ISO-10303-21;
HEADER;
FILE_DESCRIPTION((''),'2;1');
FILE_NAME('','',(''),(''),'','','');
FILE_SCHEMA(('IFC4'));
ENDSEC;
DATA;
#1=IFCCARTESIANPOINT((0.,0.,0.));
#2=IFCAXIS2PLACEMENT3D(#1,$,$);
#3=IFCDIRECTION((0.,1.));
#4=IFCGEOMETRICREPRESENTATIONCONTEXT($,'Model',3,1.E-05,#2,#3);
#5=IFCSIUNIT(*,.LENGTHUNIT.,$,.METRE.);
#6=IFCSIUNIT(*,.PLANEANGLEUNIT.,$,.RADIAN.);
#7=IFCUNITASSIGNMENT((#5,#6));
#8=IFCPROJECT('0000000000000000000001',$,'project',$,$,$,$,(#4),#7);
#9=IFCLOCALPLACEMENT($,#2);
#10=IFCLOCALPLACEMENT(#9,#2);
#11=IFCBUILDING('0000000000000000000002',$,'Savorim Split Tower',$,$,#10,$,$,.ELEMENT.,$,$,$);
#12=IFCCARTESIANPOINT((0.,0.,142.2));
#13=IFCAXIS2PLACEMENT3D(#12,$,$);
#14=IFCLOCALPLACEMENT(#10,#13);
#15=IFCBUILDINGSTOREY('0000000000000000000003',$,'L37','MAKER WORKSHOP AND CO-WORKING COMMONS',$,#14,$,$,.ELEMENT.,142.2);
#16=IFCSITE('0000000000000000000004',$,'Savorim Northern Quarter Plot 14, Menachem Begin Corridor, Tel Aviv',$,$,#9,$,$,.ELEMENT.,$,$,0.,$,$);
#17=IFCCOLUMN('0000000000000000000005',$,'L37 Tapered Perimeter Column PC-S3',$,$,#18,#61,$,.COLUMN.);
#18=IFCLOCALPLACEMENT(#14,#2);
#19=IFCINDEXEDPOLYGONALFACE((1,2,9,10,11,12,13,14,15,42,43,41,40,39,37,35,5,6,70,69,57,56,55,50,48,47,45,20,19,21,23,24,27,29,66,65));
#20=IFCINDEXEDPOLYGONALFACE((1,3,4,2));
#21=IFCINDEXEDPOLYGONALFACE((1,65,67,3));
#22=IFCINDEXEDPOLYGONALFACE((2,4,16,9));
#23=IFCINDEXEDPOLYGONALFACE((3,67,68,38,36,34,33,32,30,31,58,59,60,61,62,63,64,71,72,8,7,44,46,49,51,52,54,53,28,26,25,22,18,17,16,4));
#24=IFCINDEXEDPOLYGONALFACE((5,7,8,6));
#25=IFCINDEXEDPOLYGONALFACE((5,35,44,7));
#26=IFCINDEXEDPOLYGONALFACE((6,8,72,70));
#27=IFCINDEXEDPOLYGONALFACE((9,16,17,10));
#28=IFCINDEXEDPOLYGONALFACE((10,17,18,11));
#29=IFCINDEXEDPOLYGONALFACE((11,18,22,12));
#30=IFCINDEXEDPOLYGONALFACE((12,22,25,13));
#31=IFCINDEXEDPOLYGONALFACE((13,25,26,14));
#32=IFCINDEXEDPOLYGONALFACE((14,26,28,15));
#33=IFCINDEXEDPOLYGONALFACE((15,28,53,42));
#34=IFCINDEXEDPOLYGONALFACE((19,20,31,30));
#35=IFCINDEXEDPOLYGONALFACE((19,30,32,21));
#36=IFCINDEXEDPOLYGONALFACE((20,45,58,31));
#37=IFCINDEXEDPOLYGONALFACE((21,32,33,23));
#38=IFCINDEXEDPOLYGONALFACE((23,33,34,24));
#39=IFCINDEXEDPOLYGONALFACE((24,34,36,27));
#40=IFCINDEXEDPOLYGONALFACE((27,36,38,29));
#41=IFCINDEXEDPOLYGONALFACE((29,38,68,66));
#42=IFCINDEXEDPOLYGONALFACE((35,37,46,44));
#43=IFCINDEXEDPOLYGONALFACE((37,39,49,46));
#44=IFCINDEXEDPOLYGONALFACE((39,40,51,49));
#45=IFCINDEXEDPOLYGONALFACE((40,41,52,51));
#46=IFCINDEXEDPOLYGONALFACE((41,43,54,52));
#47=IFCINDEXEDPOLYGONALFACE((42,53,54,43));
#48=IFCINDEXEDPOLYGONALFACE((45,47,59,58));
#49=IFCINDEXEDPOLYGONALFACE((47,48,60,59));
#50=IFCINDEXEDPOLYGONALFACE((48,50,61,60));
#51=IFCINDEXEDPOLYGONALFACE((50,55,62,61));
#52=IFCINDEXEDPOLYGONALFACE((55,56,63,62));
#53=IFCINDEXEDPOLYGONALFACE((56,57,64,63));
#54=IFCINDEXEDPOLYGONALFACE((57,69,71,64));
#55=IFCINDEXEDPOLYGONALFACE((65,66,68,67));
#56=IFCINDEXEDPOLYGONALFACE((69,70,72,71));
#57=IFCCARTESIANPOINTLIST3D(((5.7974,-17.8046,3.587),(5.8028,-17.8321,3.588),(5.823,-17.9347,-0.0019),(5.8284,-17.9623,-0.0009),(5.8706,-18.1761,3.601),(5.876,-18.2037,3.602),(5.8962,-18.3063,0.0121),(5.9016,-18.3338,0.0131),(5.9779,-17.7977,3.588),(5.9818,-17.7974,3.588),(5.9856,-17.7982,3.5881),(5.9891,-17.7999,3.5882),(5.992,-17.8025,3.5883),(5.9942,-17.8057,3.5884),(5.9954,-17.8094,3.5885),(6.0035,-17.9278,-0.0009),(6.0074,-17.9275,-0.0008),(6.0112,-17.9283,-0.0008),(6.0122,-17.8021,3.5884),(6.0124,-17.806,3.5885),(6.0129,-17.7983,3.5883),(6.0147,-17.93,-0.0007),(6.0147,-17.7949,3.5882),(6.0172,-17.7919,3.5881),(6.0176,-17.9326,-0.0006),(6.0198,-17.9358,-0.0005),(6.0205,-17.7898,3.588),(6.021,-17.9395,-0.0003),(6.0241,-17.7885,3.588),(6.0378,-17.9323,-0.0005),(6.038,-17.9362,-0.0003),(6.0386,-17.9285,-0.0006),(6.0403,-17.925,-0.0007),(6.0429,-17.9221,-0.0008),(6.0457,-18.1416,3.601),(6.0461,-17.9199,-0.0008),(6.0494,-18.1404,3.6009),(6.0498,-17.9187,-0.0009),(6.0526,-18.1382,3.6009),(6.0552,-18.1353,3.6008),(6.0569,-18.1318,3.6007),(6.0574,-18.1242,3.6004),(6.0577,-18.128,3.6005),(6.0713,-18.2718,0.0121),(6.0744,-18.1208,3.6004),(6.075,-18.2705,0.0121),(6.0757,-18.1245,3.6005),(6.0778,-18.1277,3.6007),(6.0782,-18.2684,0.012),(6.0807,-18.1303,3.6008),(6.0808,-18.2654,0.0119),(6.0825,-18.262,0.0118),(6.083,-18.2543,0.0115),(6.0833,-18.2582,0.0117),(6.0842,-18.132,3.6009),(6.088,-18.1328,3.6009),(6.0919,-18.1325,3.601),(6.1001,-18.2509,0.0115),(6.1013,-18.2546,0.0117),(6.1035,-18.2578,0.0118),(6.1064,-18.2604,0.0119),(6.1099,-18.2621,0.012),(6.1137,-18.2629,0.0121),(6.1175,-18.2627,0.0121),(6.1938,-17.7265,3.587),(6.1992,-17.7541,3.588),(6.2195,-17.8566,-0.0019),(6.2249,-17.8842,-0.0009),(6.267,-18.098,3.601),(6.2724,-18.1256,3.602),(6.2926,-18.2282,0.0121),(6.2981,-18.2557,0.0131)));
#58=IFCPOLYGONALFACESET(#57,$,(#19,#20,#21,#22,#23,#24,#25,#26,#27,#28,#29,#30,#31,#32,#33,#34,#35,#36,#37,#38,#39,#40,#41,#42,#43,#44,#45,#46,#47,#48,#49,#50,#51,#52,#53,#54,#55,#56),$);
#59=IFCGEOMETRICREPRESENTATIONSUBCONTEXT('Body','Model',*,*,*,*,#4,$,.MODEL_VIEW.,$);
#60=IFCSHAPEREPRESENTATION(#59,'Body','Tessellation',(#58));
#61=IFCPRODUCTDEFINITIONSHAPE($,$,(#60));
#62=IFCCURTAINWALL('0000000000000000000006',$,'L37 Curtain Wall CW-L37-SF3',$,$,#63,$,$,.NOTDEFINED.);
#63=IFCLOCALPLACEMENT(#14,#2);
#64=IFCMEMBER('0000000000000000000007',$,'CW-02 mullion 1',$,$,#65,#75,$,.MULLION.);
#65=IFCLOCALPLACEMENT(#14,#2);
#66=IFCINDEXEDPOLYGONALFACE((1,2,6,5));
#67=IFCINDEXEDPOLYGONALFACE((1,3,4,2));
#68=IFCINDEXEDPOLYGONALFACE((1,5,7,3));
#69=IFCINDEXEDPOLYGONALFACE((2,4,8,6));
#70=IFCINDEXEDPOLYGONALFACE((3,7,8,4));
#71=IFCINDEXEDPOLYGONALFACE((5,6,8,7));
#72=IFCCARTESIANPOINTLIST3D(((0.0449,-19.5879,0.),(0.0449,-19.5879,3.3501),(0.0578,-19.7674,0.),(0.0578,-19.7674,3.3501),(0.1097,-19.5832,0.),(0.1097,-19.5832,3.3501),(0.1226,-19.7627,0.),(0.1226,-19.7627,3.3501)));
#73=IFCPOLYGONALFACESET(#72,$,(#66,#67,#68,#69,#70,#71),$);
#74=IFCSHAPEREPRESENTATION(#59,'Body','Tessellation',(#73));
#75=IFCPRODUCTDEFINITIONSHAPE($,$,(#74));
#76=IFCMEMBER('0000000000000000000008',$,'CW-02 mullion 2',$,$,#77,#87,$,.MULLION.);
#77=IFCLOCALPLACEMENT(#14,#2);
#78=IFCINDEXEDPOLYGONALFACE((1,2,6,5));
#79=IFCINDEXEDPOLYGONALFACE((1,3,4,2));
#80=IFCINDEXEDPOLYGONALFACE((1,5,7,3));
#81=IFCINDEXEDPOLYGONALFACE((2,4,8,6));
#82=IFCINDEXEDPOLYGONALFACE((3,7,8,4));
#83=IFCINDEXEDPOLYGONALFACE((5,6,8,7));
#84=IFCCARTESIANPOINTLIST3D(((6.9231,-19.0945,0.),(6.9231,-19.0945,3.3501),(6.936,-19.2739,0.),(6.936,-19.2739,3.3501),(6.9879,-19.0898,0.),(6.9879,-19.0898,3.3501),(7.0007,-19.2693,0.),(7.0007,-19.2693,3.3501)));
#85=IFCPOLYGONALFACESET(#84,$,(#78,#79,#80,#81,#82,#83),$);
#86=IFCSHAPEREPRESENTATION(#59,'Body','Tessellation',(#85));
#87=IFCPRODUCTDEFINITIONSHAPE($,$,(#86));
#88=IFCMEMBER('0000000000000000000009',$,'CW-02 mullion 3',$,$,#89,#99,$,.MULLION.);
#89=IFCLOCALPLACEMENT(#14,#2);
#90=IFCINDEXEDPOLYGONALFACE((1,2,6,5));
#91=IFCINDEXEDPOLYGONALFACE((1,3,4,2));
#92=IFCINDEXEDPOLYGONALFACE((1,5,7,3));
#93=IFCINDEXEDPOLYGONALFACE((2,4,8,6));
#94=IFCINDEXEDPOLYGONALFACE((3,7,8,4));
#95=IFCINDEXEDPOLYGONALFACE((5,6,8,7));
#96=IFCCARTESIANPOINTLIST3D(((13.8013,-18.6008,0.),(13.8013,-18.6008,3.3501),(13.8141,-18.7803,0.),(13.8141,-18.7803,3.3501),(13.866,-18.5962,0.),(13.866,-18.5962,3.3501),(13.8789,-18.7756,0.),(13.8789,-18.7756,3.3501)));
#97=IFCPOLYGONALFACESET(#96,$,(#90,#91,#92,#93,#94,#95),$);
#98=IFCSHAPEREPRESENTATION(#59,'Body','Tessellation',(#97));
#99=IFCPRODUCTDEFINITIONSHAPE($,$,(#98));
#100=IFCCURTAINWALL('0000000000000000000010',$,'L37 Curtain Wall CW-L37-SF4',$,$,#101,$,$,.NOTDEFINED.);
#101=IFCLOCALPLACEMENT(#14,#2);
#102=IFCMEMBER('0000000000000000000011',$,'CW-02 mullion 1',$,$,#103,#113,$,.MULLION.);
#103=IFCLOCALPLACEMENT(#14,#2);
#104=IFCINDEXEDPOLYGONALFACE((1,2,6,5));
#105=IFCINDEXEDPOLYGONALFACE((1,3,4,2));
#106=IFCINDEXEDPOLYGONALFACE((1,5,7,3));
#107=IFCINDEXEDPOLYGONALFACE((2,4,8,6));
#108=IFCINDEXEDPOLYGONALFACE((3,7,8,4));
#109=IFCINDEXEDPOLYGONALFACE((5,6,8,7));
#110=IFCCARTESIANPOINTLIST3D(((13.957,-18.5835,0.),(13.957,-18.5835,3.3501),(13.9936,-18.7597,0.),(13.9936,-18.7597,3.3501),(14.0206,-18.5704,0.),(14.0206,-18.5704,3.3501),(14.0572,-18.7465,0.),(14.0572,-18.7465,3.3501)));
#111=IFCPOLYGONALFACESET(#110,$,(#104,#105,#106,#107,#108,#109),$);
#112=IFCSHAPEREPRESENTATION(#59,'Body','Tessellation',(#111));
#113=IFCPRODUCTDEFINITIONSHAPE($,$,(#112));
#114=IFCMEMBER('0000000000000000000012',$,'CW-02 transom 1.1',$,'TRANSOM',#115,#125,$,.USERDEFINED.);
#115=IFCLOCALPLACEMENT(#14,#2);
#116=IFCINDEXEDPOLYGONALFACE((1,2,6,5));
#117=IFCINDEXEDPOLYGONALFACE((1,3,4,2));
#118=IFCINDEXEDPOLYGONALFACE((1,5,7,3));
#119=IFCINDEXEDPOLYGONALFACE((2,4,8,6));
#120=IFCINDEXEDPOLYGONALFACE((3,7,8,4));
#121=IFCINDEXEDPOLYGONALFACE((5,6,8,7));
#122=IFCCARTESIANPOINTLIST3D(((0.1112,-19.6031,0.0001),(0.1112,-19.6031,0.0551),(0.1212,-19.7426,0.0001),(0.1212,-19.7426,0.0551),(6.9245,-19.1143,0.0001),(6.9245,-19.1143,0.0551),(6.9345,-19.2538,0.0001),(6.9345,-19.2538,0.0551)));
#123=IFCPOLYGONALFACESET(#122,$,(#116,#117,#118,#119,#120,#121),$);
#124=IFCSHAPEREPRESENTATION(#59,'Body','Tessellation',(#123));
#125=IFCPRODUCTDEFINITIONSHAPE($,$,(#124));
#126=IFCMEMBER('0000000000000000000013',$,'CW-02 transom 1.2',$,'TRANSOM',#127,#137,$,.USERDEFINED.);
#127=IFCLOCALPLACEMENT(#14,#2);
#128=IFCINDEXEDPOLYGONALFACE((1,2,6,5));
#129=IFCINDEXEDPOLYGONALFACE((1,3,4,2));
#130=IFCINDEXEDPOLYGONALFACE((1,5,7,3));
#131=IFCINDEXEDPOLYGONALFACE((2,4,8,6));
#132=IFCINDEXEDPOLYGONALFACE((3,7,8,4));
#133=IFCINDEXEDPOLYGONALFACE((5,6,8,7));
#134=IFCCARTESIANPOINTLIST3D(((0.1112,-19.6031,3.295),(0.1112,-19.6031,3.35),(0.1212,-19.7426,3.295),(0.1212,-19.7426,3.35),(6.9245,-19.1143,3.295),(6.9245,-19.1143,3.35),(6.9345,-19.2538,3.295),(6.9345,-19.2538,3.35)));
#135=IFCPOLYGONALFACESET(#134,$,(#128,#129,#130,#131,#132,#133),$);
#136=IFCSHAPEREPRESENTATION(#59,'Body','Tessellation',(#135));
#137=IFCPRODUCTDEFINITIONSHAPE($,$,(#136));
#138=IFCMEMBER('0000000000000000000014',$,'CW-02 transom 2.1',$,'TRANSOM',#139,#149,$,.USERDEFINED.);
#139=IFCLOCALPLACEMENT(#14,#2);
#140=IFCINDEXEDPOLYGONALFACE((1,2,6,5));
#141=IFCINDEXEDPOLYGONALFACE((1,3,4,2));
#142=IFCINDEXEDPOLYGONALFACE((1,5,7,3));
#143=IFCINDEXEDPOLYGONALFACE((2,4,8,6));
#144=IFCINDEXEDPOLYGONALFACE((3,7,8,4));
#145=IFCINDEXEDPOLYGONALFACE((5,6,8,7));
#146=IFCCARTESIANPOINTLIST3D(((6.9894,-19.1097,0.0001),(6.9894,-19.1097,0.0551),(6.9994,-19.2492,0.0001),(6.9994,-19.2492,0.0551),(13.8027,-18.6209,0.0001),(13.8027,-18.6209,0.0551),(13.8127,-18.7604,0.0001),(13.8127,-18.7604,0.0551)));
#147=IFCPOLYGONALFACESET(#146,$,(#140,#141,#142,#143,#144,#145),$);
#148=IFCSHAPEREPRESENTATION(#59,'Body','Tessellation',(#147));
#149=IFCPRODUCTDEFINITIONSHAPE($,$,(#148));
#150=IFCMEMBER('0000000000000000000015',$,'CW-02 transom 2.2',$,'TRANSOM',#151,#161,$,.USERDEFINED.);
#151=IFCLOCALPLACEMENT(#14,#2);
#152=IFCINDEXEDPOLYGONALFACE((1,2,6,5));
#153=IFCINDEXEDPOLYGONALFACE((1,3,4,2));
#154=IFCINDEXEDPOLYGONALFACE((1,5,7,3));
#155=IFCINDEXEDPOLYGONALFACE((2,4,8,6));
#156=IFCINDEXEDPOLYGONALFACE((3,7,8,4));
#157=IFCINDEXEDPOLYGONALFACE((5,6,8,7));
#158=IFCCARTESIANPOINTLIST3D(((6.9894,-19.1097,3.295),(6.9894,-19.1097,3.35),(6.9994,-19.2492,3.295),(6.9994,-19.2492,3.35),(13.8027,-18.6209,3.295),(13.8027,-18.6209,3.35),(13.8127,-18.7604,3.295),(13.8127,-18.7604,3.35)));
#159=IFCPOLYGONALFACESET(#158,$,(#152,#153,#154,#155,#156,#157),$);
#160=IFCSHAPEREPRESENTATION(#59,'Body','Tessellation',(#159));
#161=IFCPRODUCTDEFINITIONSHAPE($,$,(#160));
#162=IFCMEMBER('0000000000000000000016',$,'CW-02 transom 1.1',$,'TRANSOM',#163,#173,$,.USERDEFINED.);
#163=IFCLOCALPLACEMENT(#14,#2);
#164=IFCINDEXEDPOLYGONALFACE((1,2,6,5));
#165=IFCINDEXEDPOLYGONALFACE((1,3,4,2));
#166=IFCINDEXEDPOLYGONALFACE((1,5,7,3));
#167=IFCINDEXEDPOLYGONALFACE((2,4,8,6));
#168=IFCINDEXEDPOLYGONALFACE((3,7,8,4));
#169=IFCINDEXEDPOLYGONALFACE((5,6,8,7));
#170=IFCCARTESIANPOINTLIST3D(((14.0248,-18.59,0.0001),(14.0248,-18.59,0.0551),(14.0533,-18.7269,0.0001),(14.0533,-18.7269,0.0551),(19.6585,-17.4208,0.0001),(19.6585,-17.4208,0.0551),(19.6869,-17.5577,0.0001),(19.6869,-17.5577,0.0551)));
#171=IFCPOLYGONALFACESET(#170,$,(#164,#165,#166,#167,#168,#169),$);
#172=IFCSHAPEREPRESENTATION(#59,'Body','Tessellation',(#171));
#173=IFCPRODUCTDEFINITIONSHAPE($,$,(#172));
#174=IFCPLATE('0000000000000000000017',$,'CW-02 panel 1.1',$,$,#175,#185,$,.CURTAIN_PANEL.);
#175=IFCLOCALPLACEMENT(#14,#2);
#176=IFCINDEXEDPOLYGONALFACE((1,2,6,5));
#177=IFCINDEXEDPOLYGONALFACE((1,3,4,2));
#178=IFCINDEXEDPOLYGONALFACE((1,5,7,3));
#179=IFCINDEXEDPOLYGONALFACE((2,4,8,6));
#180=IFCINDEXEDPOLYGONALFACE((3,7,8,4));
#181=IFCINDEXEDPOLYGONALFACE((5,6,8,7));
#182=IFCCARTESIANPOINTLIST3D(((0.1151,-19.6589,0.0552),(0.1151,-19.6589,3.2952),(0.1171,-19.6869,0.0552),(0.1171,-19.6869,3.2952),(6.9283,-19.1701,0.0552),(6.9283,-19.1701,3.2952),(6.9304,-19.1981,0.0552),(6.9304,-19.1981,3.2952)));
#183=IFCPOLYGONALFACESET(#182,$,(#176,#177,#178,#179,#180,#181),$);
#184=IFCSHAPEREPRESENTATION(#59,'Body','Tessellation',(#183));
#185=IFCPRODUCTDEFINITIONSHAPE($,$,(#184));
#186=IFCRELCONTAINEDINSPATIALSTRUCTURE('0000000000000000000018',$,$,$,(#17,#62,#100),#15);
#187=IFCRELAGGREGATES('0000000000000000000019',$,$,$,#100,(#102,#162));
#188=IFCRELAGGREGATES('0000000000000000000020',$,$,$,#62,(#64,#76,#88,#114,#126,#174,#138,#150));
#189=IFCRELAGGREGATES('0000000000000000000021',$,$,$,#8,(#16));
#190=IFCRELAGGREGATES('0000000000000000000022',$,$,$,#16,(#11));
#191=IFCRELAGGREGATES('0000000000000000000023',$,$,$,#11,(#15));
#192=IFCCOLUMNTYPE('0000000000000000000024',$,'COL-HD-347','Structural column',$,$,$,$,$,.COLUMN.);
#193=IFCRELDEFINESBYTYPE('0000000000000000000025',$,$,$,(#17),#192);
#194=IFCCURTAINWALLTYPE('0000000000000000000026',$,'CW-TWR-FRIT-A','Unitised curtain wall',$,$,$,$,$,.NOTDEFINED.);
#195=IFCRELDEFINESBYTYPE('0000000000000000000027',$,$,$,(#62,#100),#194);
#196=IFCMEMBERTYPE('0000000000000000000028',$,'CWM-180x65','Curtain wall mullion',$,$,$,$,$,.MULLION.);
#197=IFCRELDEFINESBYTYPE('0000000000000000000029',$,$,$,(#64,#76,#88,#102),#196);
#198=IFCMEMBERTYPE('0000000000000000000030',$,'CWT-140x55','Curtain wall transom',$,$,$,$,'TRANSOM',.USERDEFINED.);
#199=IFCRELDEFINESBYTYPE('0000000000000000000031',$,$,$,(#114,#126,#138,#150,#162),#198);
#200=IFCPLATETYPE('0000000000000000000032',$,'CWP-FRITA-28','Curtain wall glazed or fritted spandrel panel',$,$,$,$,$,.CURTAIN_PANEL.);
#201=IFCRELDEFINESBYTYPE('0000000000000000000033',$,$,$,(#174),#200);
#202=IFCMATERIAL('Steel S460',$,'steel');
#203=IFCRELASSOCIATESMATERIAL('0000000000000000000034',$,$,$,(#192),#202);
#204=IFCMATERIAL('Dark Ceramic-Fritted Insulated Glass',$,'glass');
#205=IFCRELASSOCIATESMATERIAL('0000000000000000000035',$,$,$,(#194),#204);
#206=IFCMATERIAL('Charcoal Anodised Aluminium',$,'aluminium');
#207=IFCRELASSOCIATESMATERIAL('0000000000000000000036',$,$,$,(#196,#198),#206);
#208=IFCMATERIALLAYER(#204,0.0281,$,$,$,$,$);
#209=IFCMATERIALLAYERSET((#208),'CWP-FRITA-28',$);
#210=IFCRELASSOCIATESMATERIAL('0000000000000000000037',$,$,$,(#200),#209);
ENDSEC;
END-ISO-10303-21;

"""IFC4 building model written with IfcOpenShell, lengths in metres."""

from ifc_helpers import new_model, si_unit, direction, frame, origin, origin_2d, place, context, subcontext, project, spatial, rectangle, i_section, extrude, material, layer, layer_set, material_profile, profile_set, type_object, element, aggregate, save


model = new_model("IFC4")

# Units and contexts
model_context = context("Model", 3, precision=1e-05, world=origin(), true_north=direction((0.0, 1.0)))
body_context = subcontext(model_context, "Body", "Model", "MODEL_VIEW")
ifc_project = project(units=[si_unit("LENGTHUNIT", "METRE"), si_unit("PLANEANGLEUNIT", "RADIAN")], contexts=[model_context])

# Site, building, storey
site_placement = place(None, origin())
site = spatial("IfcSite", under=ifc_project, at=site_placement, Name="Savorim Northern Quarter Plot 14, Menachem Begin Corridor, Tel Aviv", CompositionType="ELEMENT", RefElevation=0.0)
building_placement = place(site_placement, origin())
building = spatial("IfcBuilding", under=site, at=building_placement, Name="Savorim Split Tower", CompositionType="ELEMENT")
storey_placement = place(building_placement, frame((0.0, 0.0, 142.2)))
storey = spatial("IfcBuildingStorey", under=building, at=storey_placement, Name="L37", Description="MAKER WORKSHOP AND CO-WORKING COMMONS", CompositionType="ELEMENT", Elevation=142.2)

# Column
ifc_material_1 = material(Name="Steel S460", Category="steel")
ifc_material_profile_1 = material_profile(ifc_material_1, i_section(OverallWidth=0.4041, OverallDepth=0.407, WebThickness=0.0173, FlangeThickness=0.0281, FilletRadius=0.0149, at=origin_2d()), Name="HD 400x347")
ifc_profile_set_1 = profile_set([ifc_material_profile_1], Name="Steel S460")
column_type = type_object("IfcColumnType", Name="COL-HD-347", Description="Structural column", PredefinedType="COLUMN", material=ifc_profile_set_1)
column_placement = place(storey_placement, frame((6.0605, -18.0952, 0.0056), z_axis=(-0.007138, 0.036234, 0.999318), x_axis=(-0.981143, -0.193283, 0.0)))
element("IfcColumn", 1, at=column_placement, inside=storey, type_object=column_type, Name="L37 Tapered Perimeter Column PC-S3", PredefinedType="COLUMN", context=body_context, shape_type="SweptSolid", body=[
    extrude(i_section(OverallWidth=0.4041, OverallDepth=0.407, WebThickness=0.0173, FlangeThickness=0.0281, FilletRadius=0.0149, at=origin_2d()), origin(), (0.0, 0.0, 1.0), 3.5913),
])

# Curtain wall, members
ifc_material_2 = material(Name="Dark Ceramic-Fritted Insulated Glass", Category="glass")
curtain_wall_type = type_object("IfcCurtainWallType", Name="CW-TWR-FRIT-A", Description="Unitised curtain wall", PredefinedType="NOTDEFINED", material=ifc_material_2)
curtain_wall_1_placement = place(storey_placement, origin())
curtain_wall_1 = element("IfcCurtainWall", 2, at=curtain_wall_1_placement, inside=storey, type_object=curtain_wall_type, Name="L37 Curtain Wall CW-L37-SF3", PredefinedType="NOTDEFINED")
ifc_material_3 = material(Name="Charcoal Anodised Aluminium", Category="aluminium")
ifc_material_profile_2 = material_profile(ifc_material_3, rectangle(XDim=0.1799, YDim=0.0649, at=origin_2d()), Name="ALU-M 180x65")
ifc_profile_set_2 = profile_set([ifc_material_profile_2], Name="Charcoal Anodised Aluminium")
member_type_1 = type_object("IfcMemberType", Name="CWM-180x65", Description="Curtain wall mullion", PredefinedType="MULLION", material=ifc_profile_set_2)
member_1_placement = place(storey_placement, frame((0.0837, -19.6753, 0.0), z_axis=(0.0, 0.0, 1.0), x_axis=(-0.071561, 0.997436, 0.0)))
member_1 = element("IfcMember", 3, at=member_1_placement, type_object=member_type_1, Name="CW-02 mullion 1", PredefinedType="MULLION", context=body_context, shape_type="SweptSolid", body=[
    extrude(rectangle(XDim=0.1799, YDim=0.0649, at=origin_2d()), origin(), (0.0, 0.0, 1.0), 3.3501),
])
member_2_placement = place(storey_placement, frame((6.9619, -19.1819, 0.0), z_axis=(0.0, 0.0, 1.0), x_axis=(-0.071561, 0.997436, 0.0)))
member_2 = element("IfcMember", 4, at=member_2_placement, type_object=member_type_1, Name="CW-02 mullion 2", PredefinedType="MULLION", context=body_context, shape_type="SweptSolid", body=[
    extrude(rectangle(XDim=0.1799, YDim=0.0649, at=origin_2d()), origin(), (0.0, 0.0, 1.0), 3.3501),
])
member_3_placement = place(storey_placement, frame((13.8401, -18.6882, 0.0), z_axis=(0.0, 0.0, 1.0), x_axis=(-0.071561, 0.997436, 0.0)))
member_3 = element("IfcMember", 5, at=member_3_placement, type_object=member_type_1, Name="CW-02 mullion 3", PredefinedType="MULLION", context=body_context, shape_type="SweptSolid", body=[
    extrude(rectangle(XDim=0.1799, YDim=0.0649, at=origin_2d()), origin(), (0.0, 0.0, 1.0), 3.3501),
])

# Curtain wall, member
curtain_wall_2_placement = place(storey_placement, origin())
curtain_wall_2 = element("IfcCurtainWall", 6, at=curtain_wall_2_placement, inside=storey, type_object=curtain_wall_type, Name="L37 Curtain Wall CW-L37-SF4", PredefinedType="NOTDEFINED")
member_4_placement = place(storey_placement, frame((14.0071, -18.665, 0.0), z_axis=(0.0, 0.0, 1.0), x_axis=(-0.20321, 0.979135, 0.0)))
member_4 = element("IfcMember", 7, at=member_4_placement, type_object=member_type_1, Name="CW-02 mullion 1", PredefinedType="MULLION", context=body_context, shape_type="SweptSolid", body=[
    extrude(rectangle(XDim=0.1799, YDim=0.0649, at=origin_2d()), origin(), (0.0, 0.0, 1.0), 3.3501),
])

# Members
ifc_material_profile_3 = material_profile(ifc_material_3, rectangle(XDim=0.1399, YDim=0.0549, at=origin_2d()), Name="ALU-T 140x55")
ifc_profile_set_3 = profile_set([ifc_material_profile_3], Name="Charcoal Anodised Aluminium")
member_type_2 = type_object("IfcMemberType", Name="CWT-140x55", Description="Curtain wall transom", ElementType="TRANSOM", PredefinedType="USERDEFINED", material=ifc_profile_set_3)
member_5_placement = place(storey_placement, frame((0.1162, -19.6729, 0.0276), z_axis=(0.997437, 0.071554, 0.0), x_axis=(-0.071554, 0.997437, 0.0)))
member_5 = element("IfcMember", 8, at=member_5_placement, type_object=member_type_2, Name="CW-02 transom 1.1", ObjectType="TRANSOM", PredefinedType="USERDEFINED", context=body_context, shape_type="SweptSolid", body=[
    extrude(rectangle(XDim=0.1399, YDim=0.0549, at=origin_2d()), origin(), (0.0, 0.0, 1.0), 6.8308),
])
member_6_placement = place(storey_placement, frame((0.1162, -19.6729, 3.3225), z_axis=(0.997437, 0.071554, 0.0), x_axis=(-0.071554, 0.997437, 0.0)))
member_6 = element("IfcMember", 9, at=member_6_placement, type_object=member_type_2, Name="CW-02 transom 1.2", ObjectType="TRANSOM", PredefinedType="USERDEFINED", context=body_context, shape_type="SweptSolid", body=[
    extrude(rectangle(XDim=0.1399, YDim=0.0549, at=origin_2d()), origin(), (0.0, 0.0, 1.0), 6.8308),
])
member_7_placement = place(storey_placement, frame((6.9944, -19.1794, 0.0276), z_axis=(0.997437, 0.071554, 0.0), x_axis=(-0.071554, 0.997437, 0.0)))
member_7 = element("IfcMember", 10, at=member_7_placement, type_object=member_type_2, Name="CW-02 transom 2.1", ObjectType="TRANSOM", PredefinedType="USERDEFINED", context=body_context, shape_type="SweptSolid", body=[
    extrude(rectangle(XDim=0.1399, YDim=0.0549, at=origin_2d()), origin(), (0.0, 0.0, 1.0), 6.8308),
])
member_8_placement = place(storey_placement, frame((6.9944, -19.1794, 3.3225), z_axis=(0.997437, 0.071554, 0.0), x_axis=(-0.071554, 0.997437, 0.0)))
member_8 = element("IfcMember", 11, at=member_8_placement, type_object=member_type_2, Name="CW-02 transom 2.2", ObjectType="TRANSOM", PredefinedType="USERDEFINED", context=body_context, shape_type="SweptSolid", body=[
    extrude(rectangle(XDim=0.1399, YDim=0.0549, at=origin_2d()), origin(), (0.0, 0.0, 1.0), 6.8308),
])
member_9_placement = place(storey_placement, frame((14.0391, -18.6584, 0.0276), z_axis=(0.979135, 0.20321, 0.0), x_axis=(-0.20321, 0.979135, 0.0)))
member_9 = element("IfcMember", 12, at=member_9_placement, type_object=member_type_2, Name="CW-02 transom 1.1", ObjectType="TRANSOM", PredefinedType="USERDEFINED", context=body_context, shape_type="SweptSolid", body=[
    extrude(rectangle(XDim=0.1399, YDim=0.0549, at=origin_2d()), origin(), (0.0, 0.0, 1.0), 5.7537),
])
aggregate(curtain_wall_2, [member_4, member_9])

# Plate
ifc_layer = layer(ifc_material_2, 0.0281)
ifc_layer_set = layer_set([ifc_layer], Name="CWP-FRITA-28")
plate_type = type_object("IfcPlateType", Name="CWP-FRITA-28", Description="Curtain wall glazed or fritted spandrel panel", PredefinedType="CURTAIN_PANEL", material=ifc_layer_set)
plate_1_placement = place(storey_placement, frame((3.5227, -19.4285, 0.0552), z_axis=(0.0, 0.0, 1.0), x_axis=(0.997436, 0.071561, 0.0)))
plate_1 = element("IfcPlate", 13, at=plate_1_placement, type_object=plate_type, Name="CW-02 panel 1.1", PredefinedType="CURTAIN_PANEL", context=body_context, shape_type="SweptSolid", body=[
    extrude(rectangle(XDim=6.8308, YDim=0.0281, at=origin_2d()), origin(), (0.0, 0.0, 1.0), 3.24),
])
aggregate(curtain_wall_1, [member_1, member_2, member_3, member_5, member_6, plate_1, member_7, member_8])

save(model, "model.ifc")
